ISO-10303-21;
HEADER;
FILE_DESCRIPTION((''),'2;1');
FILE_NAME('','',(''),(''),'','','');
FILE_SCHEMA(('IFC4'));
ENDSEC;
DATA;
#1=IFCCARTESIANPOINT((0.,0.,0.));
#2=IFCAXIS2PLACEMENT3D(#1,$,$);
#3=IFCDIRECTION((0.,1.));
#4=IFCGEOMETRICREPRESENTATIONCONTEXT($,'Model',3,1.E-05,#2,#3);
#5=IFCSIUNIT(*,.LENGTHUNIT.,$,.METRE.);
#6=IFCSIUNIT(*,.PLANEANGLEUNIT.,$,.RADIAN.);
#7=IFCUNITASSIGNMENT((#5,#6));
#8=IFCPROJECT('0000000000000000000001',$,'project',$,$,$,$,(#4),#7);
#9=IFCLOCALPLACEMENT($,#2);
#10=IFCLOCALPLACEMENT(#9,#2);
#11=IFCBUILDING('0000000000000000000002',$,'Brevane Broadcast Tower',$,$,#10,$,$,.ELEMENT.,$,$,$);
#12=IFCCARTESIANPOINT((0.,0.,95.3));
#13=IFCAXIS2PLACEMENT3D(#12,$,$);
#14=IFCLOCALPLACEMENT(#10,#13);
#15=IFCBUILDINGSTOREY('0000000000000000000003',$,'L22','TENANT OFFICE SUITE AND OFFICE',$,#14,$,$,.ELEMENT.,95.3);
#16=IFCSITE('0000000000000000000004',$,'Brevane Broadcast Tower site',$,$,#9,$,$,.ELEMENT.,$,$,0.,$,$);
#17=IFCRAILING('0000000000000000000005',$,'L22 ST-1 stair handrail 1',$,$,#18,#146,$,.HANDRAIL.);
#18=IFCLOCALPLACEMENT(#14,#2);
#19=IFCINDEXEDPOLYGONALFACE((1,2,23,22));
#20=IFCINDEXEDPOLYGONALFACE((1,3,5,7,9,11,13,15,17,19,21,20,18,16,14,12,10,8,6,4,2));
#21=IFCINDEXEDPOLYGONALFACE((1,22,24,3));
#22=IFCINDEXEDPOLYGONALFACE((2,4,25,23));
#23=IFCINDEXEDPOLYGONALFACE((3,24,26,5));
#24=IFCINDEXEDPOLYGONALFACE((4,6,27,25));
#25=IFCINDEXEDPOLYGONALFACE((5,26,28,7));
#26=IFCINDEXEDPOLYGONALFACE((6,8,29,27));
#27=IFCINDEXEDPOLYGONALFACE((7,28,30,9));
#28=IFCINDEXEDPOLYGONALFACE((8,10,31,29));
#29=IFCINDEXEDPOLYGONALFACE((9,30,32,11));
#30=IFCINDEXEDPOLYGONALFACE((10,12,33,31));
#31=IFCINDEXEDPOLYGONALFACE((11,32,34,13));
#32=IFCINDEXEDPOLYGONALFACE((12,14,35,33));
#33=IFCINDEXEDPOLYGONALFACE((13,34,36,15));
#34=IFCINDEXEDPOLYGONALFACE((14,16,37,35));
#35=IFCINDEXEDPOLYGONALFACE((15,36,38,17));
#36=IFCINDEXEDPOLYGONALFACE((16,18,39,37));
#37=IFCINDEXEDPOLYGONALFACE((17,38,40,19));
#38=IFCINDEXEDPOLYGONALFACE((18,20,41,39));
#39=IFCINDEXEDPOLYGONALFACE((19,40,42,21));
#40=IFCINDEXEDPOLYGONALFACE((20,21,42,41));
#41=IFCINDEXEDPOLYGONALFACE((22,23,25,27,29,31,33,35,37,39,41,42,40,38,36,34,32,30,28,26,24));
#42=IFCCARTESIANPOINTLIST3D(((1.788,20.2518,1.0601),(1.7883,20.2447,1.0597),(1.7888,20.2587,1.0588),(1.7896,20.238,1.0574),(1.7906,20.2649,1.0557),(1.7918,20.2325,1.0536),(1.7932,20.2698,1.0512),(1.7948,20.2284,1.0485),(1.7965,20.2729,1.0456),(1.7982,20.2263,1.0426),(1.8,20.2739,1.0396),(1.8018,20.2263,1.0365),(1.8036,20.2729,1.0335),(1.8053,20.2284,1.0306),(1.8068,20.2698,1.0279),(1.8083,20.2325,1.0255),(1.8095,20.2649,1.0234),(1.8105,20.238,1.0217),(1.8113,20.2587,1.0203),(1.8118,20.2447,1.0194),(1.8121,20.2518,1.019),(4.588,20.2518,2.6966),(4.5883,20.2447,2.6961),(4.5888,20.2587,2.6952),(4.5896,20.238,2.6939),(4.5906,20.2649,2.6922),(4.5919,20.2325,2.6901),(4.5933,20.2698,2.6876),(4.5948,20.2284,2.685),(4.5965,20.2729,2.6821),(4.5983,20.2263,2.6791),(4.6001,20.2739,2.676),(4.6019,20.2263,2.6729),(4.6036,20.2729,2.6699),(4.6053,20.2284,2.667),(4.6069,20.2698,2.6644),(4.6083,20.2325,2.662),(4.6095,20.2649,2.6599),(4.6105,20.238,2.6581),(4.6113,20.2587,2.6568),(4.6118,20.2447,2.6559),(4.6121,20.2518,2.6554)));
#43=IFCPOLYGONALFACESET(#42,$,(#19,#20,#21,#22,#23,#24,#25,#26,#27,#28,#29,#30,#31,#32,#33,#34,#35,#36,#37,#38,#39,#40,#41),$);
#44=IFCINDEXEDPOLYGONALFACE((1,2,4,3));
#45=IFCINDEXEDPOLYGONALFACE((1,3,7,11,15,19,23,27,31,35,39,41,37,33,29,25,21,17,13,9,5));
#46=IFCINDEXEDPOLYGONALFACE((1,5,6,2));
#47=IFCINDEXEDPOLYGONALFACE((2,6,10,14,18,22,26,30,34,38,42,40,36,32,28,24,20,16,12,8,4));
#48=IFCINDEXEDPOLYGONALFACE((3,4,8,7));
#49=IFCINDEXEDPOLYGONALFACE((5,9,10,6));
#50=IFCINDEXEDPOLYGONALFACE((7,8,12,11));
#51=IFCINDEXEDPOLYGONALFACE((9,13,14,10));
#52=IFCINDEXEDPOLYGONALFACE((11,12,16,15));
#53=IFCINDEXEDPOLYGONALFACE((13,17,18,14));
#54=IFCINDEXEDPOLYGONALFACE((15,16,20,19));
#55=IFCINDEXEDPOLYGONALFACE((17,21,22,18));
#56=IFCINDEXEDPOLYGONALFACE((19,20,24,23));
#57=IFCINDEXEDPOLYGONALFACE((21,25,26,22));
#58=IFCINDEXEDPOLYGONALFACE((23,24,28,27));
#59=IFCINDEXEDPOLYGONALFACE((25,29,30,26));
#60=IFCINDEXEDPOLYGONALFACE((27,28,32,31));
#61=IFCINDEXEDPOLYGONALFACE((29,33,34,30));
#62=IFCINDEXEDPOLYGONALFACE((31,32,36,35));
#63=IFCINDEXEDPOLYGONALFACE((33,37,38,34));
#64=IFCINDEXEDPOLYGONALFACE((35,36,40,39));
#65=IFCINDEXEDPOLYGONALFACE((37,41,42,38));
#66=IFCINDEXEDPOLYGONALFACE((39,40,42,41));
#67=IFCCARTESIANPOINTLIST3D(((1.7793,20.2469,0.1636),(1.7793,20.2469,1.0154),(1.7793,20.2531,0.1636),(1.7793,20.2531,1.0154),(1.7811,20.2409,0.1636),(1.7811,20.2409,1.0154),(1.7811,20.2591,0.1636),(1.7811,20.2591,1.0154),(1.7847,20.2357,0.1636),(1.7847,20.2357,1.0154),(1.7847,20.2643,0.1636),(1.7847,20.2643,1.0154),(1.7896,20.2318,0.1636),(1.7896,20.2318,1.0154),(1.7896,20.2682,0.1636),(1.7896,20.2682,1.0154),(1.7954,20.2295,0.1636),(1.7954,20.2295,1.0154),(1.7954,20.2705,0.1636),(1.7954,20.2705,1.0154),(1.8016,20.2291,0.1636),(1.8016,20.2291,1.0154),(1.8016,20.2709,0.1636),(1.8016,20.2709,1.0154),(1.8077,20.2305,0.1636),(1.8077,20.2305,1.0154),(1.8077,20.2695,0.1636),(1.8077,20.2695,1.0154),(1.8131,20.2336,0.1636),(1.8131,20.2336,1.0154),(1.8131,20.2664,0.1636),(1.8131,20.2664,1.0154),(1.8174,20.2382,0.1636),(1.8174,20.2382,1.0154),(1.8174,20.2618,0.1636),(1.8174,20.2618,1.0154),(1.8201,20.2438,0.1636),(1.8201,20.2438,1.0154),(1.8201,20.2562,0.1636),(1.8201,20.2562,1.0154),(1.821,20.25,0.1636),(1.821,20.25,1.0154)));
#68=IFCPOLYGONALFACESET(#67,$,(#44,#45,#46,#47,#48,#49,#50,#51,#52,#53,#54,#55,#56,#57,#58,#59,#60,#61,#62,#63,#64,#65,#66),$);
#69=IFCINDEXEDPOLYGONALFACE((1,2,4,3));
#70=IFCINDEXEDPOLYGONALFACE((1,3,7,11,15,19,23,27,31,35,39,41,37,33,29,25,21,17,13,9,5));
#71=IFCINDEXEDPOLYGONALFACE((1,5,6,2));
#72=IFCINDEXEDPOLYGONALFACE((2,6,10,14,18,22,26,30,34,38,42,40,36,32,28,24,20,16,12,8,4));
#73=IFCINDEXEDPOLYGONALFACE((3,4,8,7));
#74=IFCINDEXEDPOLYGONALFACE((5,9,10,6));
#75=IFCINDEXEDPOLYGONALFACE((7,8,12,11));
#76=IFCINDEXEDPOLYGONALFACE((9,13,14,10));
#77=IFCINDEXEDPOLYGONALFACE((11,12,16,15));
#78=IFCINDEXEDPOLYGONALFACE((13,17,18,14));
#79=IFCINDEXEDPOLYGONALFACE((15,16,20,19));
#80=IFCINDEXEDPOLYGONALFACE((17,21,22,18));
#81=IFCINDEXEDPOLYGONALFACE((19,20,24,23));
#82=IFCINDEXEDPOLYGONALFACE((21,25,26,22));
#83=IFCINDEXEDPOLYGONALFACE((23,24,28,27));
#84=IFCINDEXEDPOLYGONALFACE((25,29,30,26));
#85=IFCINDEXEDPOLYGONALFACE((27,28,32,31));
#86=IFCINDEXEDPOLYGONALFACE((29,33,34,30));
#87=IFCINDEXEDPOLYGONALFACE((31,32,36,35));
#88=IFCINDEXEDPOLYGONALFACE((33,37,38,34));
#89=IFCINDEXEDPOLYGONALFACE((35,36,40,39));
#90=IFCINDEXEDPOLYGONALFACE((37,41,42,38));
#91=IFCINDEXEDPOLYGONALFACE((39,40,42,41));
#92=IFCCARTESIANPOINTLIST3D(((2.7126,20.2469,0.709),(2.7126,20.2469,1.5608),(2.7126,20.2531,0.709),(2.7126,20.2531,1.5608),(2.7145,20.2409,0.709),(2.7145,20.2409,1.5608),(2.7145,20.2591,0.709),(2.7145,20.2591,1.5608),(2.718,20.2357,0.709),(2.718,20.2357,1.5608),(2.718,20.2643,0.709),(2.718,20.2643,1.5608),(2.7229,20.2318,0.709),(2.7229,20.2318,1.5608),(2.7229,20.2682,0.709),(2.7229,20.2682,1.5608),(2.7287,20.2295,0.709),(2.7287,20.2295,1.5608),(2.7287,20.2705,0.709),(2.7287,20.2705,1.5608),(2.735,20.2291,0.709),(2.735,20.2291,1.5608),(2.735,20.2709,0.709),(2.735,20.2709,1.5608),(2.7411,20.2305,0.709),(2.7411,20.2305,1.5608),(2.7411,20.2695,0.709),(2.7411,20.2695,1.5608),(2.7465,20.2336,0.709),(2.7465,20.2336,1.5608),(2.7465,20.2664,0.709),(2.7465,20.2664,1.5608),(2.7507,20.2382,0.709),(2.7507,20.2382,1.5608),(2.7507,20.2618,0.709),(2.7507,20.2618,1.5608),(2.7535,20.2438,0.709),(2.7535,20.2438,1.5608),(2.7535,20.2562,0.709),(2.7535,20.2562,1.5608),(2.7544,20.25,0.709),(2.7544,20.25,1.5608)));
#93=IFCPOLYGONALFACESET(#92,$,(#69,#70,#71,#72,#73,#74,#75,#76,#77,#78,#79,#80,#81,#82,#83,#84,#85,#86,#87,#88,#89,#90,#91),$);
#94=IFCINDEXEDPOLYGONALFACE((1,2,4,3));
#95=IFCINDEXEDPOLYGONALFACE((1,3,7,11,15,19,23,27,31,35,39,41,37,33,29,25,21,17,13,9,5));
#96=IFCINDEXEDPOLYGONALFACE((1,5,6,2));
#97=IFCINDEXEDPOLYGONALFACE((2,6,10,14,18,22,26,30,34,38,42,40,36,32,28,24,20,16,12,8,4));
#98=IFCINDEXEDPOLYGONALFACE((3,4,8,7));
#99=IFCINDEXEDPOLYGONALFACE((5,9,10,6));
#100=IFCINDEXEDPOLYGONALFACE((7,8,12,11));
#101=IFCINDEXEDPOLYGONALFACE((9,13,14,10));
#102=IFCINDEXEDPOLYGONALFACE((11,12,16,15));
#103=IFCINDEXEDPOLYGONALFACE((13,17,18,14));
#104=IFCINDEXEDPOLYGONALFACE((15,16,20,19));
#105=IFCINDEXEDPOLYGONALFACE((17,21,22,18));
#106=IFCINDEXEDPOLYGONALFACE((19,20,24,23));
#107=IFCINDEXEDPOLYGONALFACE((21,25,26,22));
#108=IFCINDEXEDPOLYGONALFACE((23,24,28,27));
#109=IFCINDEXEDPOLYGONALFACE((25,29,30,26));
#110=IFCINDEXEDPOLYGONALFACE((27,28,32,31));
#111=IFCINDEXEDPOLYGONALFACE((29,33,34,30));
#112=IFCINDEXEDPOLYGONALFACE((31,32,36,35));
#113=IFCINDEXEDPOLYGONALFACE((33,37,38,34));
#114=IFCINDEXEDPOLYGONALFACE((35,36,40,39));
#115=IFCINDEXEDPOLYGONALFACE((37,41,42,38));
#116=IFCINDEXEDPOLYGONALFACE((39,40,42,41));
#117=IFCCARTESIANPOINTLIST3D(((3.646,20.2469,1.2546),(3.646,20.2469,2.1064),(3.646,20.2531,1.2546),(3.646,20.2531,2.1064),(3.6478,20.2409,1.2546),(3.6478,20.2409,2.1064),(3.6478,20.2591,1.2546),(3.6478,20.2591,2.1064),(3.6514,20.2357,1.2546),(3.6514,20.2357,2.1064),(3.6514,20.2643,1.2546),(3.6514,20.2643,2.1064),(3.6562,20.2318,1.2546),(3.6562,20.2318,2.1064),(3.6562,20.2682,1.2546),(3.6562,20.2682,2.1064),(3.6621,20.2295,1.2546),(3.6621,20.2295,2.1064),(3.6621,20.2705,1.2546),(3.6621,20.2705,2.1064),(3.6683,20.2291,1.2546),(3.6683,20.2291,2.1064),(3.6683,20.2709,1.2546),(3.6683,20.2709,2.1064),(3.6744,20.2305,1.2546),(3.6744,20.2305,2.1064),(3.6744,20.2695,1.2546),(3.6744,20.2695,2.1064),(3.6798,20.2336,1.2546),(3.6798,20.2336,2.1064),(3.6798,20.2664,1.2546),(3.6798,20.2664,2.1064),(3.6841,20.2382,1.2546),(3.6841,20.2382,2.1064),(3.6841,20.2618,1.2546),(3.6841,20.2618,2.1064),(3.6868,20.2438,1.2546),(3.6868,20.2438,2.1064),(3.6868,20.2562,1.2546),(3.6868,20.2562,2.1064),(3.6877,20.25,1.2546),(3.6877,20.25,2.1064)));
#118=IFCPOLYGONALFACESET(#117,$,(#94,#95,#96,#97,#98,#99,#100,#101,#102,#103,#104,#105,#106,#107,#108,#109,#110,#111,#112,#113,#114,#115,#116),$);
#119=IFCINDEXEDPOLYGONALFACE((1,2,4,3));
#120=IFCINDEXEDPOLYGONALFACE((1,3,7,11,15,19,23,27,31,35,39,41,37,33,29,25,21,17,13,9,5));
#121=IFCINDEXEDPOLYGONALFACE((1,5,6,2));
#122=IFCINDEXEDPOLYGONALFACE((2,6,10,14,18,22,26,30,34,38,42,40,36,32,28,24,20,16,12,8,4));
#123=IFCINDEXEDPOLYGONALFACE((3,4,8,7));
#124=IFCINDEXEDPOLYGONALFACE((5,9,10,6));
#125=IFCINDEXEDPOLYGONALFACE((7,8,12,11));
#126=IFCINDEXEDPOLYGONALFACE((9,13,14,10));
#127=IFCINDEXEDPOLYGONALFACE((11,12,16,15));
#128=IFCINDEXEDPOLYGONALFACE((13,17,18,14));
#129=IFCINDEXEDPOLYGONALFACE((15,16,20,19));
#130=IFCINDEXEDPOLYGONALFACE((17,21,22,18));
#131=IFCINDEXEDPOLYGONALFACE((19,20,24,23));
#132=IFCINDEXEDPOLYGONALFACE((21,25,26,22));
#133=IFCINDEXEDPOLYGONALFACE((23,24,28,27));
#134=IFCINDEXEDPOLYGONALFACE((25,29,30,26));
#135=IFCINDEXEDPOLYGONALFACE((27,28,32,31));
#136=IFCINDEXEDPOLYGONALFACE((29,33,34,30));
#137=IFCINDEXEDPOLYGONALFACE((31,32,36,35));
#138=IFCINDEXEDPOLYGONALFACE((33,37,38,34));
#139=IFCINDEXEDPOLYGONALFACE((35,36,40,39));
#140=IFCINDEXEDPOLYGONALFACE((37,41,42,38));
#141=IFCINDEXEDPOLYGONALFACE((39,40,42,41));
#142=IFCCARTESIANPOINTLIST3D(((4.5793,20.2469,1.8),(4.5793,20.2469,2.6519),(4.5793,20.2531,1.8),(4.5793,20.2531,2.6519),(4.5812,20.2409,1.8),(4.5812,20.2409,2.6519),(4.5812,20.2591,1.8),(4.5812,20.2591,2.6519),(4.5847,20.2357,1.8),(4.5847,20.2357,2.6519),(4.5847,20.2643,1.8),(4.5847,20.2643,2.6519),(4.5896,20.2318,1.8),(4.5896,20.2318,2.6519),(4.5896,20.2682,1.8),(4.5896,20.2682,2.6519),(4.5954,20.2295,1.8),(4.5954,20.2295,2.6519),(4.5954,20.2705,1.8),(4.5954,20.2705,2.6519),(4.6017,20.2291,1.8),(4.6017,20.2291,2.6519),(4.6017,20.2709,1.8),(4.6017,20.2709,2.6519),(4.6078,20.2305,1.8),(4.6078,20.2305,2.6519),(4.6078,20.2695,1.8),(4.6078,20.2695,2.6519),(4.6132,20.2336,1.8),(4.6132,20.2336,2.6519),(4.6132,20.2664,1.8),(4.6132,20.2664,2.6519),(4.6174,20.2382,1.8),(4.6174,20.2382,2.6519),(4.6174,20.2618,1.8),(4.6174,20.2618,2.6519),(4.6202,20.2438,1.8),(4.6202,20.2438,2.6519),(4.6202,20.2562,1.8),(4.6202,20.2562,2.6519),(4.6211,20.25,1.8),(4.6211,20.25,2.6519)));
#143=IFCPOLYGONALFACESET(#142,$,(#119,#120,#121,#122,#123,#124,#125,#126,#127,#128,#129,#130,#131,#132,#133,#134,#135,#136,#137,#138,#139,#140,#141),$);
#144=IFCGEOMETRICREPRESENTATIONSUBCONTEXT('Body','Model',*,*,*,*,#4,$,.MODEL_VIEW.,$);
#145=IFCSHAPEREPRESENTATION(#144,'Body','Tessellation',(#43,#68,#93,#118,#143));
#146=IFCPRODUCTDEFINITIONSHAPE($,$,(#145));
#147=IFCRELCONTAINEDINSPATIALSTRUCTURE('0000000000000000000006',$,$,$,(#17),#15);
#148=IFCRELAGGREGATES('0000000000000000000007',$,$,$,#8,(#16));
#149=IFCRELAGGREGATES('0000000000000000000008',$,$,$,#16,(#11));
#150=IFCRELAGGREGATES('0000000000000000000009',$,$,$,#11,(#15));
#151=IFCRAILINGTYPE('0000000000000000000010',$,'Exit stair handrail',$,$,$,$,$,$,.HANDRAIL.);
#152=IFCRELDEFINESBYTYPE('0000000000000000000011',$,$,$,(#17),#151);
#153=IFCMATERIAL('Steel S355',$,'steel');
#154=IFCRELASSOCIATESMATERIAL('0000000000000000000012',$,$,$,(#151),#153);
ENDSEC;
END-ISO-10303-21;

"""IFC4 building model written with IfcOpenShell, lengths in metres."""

from ifc_helpers import new_model, si_unit, direction, frame, origin, origin_2d, place, context, subcontext, project, spatial, circle, extrude, material, type_object, element, save


model = new_model("IFC4")

# Units and contexts
model_context = context("Model", 3, precision=1e-05, world=origin(), true_north=direction((0.0, 1.0)))
body_context = subcontext(model_context, "Body", "Model", "MODEL_VIEW")
ifc_project = project(units=[si_unit("LENGTHUNIT", "METRE"), si_unit("PLANEANGLEUNIT", "RADIAN")], contexts=[model_context])

# Site, building, storey
site_placement = place(None, origin())
site = spatial("IfcSite", under=ifc_project, at=site_placement, Name="Brevane Broadcast Tower site", CompositionType="ELEMENT", RefElevation=0.0)
building_placement = place(site_placement, origin())
building = spatial("IfcBuilding", under=site, at=building_placement, Name="Brevane Broadcast Tower", CompositionType="ELEMENT")
storey_placement = place(building_placement, frame((0.0, 0.0, 95.3)))
storey = spatial("IfcBuildingStorey", under=building, at=storey_placement, Name="L22", Description="TENANT OFFICE SUITE AND OFFICE", CompositionType="ELEMENT", Elevation=95.3)

# Railing
ifc_material_1 = material(Name="Steel S355", Category="steel")
railing_type_1 = type_object("IfcRailingType", Name="Exit stair handrail", PredefinedType="HANDRAIL", material=ifc_material_1)
railing_1_placement = place(storey_placement, frame((1.8, 20.25, 0.1636)))
element("IfcRailing", 1, at=railing_1_placement, inside=storey, type_object=railing_type_1, Name="L22 ST-1 stair handrail 1", PredefinedType="HANDRAIL", context=body_context, shape_type="SweptSolid", body=[
    extrude(circle(Radius=0.0239, at=origin_2d()), frame((0.0, 0.0, 0.876), z_axis=(0.863361, 0.0, 0.504587), x_axis=(0.0, 1.0, 0.0)), (0.0, 0.0, 1.0), 3.2432),
    extrude(circle(Radius=0.021, at=origin_2d()), origin(), (0.0, 0.0, 1.0), 0.8518),
    extrude(circle(Radius=0.021, at=origin_2d()), frame((0.9333, 0.0, 0.5454)), (0.0, 0.0, 1.0), 0.8518),
    extrude(circle(Radius=0.021, at=origin_2d()), frame((1.8667, 0.0, 1.0911)), (0.0, 0.0, 1.0), 0.8518),
    extrude(circle(Radius=0.021, at=origin_2d()), frame((2.8, 0.0, 1.6365)), (0.0, 0.0, 1.0), 0.8518),
])

save(model, "model.ifc")
